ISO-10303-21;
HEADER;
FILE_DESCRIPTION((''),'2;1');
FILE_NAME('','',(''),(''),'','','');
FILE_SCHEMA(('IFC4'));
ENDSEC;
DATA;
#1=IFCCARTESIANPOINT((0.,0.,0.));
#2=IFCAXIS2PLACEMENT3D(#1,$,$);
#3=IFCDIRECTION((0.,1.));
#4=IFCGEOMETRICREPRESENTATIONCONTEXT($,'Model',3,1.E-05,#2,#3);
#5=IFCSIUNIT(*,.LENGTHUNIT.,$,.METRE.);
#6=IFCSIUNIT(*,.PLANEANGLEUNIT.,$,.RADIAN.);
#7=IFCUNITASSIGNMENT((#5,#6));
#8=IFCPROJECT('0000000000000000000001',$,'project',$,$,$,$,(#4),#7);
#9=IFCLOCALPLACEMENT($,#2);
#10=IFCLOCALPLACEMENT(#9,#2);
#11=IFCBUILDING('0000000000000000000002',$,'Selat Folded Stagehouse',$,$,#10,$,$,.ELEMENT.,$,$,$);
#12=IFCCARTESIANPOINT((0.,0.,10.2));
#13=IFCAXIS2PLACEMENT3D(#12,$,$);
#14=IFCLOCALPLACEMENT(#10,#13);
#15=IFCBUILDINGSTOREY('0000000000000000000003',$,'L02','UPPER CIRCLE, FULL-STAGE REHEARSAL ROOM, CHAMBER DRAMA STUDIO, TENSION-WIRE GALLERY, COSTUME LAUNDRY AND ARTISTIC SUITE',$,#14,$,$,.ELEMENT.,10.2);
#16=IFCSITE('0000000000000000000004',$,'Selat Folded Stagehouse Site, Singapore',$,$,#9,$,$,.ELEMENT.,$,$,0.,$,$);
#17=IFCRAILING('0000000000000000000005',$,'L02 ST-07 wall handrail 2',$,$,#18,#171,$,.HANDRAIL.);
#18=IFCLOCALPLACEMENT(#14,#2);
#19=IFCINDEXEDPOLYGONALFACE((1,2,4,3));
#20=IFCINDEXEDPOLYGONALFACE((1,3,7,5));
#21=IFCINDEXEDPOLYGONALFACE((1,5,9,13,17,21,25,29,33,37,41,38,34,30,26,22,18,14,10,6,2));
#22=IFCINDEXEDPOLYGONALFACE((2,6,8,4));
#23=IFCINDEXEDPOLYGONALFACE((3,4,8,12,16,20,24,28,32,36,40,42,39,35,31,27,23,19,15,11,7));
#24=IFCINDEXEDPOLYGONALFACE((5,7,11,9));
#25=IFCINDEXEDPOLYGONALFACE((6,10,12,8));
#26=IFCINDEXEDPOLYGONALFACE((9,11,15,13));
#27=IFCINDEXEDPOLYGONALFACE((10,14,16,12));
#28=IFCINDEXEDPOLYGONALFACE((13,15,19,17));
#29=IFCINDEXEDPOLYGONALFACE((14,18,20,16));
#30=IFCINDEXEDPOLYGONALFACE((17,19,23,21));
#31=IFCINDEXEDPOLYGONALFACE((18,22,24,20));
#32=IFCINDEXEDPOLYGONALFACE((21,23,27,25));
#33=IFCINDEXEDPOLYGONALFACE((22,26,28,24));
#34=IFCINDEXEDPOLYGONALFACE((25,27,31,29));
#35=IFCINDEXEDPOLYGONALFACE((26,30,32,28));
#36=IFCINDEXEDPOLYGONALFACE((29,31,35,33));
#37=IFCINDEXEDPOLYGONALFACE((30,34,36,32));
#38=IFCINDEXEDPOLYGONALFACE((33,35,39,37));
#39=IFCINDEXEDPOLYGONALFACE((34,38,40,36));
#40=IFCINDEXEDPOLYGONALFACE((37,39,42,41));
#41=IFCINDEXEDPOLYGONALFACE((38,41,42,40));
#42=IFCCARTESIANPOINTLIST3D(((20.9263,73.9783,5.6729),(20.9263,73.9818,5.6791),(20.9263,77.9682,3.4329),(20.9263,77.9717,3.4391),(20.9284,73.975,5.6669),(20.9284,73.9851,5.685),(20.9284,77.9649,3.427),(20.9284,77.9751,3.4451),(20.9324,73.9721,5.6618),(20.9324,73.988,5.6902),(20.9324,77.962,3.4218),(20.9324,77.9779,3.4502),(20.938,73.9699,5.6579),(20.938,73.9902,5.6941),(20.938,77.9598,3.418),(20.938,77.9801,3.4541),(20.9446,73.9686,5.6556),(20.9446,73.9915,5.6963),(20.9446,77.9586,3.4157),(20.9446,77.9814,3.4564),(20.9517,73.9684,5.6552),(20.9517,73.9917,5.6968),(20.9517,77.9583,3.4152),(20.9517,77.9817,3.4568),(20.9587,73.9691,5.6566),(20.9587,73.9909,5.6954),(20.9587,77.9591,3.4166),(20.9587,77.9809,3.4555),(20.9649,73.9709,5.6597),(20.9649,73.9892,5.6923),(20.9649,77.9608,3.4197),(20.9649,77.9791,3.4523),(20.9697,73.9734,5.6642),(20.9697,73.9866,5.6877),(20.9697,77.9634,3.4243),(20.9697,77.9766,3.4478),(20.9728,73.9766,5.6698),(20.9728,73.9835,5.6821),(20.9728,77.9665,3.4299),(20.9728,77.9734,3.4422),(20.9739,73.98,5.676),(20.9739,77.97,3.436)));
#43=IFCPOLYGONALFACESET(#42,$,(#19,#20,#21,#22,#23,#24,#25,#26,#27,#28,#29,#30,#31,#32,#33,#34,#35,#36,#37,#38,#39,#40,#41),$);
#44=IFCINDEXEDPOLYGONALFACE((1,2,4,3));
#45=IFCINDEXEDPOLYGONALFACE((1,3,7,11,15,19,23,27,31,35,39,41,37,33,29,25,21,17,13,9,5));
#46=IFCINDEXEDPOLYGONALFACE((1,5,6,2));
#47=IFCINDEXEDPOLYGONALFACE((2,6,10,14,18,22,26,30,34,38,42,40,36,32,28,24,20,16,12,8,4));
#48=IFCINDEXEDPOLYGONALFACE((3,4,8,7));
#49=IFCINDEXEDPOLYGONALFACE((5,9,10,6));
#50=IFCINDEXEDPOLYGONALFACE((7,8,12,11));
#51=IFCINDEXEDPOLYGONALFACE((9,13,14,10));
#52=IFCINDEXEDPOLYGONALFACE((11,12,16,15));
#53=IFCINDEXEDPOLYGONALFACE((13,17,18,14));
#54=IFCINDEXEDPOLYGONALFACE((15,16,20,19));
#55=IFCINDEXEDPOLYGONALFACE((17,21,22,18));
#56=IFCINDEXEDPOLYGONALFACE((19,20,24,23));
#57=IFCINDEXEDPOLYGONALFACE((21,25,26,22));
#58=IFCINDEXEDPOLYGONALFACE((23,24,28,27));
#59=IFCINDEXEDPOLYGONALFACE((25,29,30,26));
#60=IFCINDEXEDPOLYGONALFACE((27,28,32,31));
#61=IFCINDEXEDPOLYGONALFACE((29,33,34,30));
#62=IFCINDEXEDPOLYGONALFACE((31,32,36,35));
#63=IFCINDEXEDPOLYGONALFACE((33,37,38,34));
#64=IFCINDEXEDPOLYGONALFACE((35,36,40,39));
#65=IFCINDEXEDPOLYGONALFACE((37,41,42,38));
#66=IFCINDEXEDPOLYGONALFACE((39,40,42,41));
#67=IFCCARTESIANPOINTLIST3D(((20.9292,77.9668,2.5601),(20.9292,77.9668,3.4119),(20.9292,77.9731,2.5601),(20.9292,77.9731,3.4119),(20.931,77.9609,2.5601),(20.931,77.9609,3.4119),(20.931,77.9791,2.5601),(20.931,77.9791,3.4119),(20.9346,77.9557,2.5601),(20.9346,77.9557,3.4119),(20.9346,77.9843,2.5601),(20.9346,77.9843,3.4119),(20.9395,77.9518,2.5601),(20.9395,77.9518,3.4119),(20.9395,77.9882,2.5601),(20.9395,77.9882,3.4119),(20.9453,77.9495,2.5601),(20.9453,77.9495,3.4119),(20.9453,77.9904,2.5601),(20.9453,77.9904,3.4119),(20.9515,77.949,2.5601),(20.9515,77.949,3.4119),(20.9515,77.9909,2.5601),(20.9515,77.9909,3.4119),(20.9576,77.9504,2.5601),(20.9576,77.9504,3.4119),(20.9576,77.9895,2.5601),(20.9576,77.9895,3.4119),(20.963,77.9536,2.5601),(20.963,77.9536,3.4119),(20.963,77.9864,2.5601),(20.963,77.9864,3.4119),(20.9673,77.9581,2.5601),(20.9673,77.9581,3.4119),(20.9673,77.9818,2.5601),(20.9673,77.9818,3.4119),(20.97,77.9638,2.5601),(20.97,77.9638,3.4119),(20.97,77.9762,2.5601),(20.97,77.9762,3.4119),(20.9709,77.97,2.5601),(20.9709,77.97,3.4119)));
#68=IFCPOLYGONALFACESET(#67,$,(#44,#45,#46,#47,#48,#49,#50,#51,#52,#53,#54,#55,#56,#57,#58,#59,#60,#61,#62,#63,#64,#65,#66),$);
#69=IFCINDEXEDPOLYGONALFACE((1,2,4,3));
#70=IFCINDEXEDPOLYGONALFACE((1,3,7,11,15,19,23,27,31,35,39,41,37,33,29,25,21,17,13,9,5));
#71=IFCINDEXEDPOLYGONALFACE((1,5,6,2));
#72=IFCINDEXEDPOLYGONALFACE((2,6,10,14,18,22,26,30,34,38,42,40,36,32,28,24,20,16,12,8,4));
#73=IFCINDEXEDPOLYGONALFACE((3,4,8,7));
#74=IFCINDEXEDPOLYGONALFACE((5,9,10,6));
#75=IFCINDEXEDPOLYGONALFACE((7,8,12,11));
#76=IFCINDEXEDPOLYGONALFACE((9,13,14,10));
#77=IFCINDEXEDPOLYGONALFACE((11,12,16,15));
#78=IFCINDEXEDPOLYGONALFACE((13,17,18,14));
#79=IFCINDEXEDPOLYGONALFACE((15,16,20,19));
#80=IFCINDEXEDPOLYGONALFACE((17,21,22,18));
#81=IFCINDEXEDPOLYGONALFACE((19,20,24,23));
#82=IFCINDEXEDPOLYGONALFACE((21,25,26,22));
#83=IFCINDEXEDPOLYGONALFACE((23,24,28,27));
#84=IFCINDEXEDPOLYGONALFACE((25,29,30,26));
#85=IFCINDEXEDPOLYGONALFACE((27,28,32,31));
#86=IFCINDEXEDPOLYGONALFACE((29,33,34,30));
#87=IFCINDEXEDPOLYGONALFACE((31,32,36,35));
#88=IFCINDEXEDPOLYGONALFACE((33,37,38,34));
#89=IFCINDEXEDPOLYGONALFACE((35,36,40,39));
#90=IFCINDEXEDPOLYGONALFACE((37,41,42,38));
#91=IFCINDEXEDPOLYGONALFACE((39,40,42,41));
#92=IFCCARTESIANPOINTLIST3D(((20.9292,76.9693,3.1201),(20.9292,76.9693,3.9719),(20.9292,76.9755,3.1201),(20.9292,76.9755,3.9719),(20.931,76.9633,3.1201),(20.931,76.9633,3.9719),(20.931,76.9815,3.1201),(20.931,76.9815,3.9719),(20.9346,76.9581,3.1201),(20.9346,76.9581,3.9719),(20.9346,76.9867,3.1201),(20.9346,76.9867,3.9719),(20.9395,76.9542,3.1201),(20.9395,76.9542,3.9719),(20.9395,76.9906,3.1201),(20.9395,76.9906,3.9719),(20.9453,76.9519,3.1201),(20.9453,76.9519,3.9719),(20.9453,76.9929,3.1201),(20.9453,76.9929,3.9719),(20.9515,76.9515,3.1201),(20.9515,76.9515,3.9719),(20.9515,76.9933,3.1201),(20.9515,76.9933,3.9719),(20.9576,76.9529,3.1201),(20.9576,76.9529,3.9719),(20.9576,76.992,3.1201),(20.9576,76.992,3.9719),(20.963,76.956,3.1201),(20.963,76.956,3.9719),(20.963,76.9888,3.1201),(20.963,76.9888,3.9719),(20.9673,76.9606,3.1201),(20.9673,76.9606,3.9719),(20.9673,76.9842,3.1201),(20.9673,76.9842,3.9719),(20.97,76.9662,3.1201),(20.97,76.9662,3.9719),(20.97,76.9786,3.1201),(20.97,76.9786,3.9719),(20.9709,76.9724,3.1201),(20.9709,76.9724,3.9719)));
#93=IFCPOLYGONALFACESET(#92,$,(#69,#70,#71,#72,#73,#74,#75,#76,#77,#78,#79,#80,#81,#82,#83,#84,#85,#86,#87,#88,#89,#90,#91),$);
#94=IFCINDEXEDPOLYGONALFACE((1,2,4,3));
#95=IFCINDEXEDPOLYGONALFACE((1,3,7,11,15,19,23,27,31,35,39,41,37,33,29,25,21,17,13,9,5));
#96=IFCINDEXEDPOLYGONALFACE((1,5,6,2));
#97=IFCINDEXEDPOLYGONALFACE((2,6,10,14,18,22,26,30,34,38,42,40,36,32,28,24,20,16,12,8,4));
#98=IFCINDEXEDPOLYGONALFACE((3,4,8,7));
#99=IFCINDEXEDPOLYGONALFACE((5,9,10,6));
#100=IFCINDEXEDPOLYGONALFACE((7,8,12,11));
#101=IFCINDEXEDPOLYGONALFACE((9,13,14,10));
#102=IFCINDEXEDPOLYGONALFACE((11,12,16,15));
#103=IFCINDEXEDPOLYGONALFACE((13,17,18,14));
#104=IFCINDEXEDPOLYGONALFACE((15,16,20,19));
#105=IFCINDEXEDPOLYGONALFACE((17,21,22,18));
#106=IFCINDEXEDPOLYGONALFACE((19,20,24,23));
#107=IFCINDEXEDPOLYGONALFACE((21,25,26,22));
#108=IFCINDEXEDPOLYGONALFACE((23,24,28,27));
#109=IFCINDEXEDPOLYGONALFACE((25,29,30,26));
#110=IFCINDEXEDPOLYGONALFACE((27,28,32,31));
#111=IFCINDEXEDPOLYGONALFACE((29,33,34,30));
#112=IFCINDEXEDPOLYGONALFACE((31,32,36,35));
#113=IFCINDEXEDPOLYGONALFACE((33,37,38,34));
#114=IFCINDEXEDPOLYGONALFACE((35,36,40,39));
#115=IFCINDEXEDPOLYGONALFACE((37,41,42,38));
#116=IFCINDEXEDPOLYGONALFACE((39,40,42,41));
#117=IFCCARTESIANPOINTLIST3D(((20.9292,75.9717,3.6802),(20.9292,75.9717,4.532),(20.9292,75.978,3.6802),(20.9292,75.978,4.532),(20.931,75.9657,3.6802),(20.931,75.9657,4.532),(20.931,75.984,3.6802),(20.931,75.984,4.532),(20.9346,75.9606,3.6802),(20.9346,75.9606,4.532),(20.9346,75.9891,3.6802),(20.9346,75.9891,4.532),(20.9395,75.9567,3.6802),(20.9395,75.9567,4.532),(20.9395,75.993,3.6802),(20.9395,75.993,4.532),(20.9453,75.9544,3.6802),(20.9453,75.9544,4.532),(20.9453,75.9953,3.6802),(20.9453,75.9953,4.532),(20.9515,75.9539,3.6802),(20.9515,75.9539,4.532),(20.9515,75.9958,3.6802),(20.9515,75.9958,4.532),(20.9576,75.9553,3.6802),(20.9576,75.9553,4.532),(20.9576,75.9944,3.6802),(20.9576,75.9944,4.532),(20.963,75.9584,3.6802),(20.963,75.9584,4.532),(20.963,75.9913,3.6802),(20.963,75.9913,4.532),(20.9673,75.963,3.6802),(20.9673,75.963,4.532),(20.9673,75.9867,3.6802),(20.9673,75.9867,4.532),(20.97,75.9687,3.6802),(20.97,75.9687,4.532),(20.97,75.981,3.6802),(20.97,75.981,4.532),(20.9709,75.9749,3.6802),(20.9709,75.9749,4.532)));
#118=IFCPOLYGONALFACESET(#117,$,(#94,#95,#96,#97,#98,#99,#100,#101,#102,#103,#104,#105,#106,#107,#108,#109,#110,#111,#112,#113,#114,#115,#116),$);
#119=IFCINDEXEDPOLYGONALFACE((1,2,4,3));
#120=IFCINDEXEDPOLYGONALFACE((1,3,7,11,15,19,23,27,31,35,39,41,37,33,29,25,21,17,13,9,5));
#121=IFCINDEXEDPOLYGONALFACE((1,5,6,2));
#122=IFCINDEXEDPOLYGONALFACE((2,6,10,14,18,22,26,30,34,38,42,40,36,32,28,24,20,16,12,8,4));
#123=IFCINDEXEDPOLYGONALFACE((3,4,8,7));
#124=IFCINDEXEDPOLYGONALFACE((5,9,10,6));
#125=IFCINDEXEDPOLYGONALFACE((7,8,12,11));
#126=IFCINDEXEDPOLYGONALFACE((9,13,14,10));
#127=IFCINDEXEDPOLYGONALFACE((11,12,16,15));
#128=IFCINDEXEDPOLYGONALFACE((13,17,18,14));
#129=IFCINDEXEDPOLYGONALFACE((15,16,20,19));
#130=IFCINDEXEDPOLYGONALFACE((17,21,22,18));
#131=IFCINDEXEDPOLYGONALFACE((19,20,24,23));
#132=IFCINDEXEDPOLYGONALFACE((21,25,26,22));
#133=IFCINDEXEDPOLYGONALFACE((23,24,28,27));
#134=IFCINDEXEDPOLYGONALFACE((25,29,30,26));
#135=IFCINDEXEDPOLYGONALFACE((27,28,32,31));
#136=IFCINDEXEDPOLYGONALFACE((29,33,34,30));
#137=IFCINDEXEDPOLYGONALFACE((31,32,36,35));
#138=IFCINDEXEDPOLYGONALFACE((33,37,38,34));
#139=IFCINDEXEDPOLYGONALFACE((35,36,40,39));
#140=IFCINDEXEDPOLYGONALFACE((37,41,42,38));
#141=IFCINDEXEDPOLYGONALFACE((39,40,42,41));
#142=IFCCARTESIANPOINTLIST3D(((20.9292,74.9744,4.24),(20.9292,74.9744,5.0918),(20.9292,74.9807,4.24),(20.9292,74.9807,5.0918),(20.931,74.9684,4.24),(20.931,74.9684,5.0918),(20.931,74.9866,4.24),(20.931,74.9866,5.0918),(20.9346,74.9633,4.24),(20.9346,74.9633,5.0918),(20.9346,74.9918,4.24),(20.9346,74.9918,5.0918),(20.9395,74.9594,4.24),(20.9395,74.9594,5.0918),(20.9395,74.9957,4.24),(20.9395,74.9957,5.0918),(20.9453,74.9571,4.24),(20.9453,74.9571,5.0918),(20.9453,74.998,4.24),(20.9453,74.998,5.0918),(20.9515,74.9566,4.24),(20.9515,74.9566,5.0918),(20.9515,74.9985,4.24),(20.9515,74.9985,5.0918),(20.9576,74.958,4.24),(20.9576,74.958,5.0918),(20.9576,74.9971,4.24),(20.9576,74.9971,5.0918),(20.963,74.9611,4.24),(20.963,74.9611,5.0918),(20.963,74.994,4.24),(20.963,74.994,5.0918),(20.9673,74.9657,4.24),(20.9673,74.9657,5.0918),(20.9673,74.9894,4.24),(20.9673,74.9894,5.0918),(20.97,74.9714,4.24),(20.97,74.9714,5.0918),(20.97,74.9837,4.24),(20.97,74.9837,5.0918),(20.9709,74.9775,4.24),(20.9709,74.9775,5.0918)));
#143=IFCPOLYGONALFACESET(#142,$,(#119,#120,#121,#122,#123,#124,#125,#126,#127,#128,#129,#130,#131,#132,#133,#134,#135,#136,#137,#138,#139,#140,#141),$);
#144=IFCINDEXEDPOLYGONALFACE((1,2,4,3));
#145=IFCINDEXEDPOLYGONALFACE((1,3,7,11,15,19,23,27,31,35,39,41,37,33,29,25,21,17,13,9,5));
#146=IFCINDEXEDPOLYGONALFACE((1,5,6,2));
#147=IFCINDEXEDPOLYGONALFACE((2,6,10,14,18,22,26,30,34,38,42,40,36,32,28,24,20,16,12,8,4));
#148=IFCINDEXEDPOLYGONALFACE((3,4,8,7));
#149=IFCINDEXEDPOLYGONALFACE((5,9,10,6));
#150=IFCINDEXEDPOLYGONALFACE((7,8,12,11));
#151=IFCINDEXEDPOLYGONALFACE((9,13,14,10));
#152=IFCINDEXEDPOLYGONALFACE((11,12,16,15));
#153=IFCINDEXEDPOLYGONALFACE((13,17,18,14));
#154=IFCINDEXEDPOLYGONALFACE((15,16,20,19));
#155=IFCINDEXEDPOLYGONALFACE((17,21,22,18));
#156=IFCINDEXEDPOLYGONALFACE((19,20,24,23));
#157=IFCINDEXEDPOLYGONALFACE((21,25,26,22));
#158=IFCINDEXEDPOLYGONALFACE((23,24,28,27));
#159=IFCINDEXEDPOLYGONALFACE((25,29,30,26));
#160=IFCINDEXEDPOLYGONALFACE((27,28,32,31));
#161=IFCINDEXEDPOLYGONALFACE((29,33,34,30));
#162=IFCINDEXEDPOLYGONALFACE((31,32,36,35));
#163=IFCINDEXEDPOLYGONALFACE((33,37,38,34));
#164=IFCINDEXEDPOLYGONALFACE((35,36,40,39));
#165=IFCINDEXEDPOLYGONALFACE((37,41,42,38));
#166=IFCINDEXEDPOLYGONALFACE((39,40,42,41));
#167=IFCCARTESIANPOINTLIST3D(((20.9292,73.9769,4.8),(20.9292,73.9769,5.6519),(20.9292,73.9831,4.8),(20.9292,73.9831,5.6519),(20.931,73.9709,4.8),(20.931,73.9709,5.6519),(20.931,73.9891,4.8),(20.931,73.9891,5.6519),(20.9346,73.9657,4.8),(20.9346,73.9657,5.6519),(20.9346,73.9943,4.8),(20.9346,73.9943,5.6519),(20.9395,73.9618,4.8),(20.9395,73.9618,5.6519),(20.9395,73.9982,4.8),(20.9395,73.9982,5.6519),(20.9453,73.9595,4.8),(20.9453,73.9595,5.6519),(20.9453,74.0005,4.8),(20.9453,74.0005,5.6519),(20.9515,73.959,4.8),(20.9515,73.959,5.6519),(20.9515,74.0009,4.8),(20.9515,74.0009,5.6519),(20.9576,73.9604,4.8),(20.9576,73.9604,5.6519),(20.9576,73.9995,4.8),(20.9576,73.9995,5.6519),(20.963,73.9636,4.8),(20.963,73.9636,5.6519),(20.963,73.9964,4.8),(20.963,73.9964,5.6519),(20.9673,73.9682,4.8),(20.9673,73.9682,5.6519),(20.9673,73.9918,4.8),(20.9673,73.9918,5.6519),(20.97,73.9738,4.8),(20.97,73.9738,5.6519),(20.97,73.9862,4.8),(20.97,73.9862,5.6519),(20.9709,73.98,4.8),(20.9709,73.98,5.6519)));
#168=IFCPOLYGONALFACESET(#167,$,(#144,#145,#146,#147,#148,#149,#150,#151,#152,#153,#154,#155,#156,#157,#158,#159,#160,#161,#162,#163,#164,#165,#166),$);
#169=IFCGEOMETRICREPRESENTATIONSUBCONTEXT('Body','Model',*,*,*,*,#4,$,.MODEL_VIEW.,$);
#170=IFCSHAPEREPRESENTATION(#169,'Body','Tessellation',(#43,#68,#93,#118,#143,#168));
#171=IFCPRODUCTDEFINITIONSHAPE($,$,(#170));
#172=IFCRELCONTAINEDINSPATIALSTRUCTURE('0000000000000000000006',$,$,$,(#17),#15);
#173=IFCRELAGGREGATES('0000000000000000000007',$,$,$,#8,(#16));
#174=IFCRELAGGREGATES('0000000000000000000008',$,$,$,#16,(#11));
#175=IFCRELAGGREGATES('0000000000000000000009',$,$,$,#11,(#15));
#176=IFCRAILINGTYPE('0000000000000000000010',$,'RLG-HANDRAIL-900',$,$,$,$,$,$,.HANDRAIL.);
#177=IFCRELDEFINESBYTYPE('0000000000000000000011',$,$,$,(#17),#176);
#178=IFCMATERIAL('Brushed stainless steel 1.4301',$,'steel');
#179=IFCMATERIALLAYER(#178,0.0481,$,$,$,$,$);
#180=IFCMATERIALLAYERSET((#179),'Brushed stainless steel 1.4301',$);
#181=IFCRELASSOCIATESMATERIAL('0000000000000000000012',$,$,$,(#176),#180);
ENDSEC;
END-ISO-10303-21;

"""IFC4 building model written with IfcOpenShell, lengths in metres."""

from ifc_helpers import new_model, si_unit, direction, frame, origin, origin_2d, place, context, subcontext, project, spatial, circle, extrude, material, layer, layer_set, type_object, element, save


model = new_model("IFC4")

# Units and contexts
model_context = context("Model", 3, precision=1e-05, world=origin(), true_north=direction((0.0, 1.0)))
body_context = subcontext(model_context, "Body", "Model", "MODEL_VIEW")
ifc_project = project(units=[si_unit("LENGTHUNIT", "METRE"), si_unit("PLANEANGLEUNIT", "RADIAN")], contexts=[model_context])

# Site, building, storey
site_placement = place(None, origin())
site = spatial("IfcSite", under=ifc_project, at=site_placement, Name="Selat Folded Stagehouse Site, Singapore", CompositionType="ELEMENT", RefElevation=0.0)
building_placement = place(site_placement, origin())
building = spatial("IfcBuilding", under=site, at=building_placement, Name="Selat Folded Stagehouse", CompositionType="ELEMENT")
storey_placement = place(building_placement, frame((0.0, 0.0, 10.2)))
storey = spatial("IfcBuildingStorey", under=building, at=storey_placement, Name="L02", Description="UPPER CIRCLE, FULL-STAGE REHEARSAL ROOM, CHAMBER DRAMA STUDIO, TENSION-WIRE GALLERY, COSTUME LAUNDRY AND ARTISTIC SUITE", CompositionType="ELEMENT", Elevation=10.2)

# Railing
ifc_material_1 = material(Name="Brushed stainless steel 1.4301", Category="steel")
ifc_layer_1 = layer(ifc_material_1, 0.0481)
ifc_layer_set_1 = layer_set([ifc_layer_1], Name="Brushed stainless steel 1.4301")
railing_type_1 = type_object("IfcRailingType", Name="RLG-HANDRAIL-900", PredefinedType="HANDRAIL", material=ifc_layer_set_1)
railing_1_placement = place(storey_placement, frame((20.95, 77.97, 2.5601)))
element("IfcRailing", 1, at=railing_1_placement, inside=storey, type_object=railing_type_1, Name="L02 ST-07 wall handrail 2", PredefinedType="HANDRAIL", context=body_context, shape_type="SweptSolid", body=[
    extrude(circle(Radius=0.0239, at=origin_2d()), frame((0.0, 0.0, 0.876), z_axis=(0.0, -0.871984, 0.489534), x_axis=(1.0, 0.0, 0.0)), (0.0, 0.0, 1.0), 4.5757),
    extrude(circle(Radius=0.021, at=origin_2d()), origin(), (0.0, 0.0, 1.0), 0.8518),
    extrude(circle(Radius=0.021, at=origin_2d()), frame((0.0, -0.9976, 0.5601)), (0.0, 0.0, 1.0), 0.8518),
    extrude(circle(Radius=0.021, at=origin_2d()), frame((0.0, -1.9951, 1.1201)), (0.0, 0.0, 1.0), 0.8518),
    extrude(circle(Radius=0.021, at=origin_2d()), frame((0.0, -2.9924, 1.6799)), (0.0, 0.0, 1.0), 0.8518),
    extrude(circle(Radius=0.021, at=origin_2d()), frame((0.0, -3.99, 2.24)), (0.0, 0.0, 1.0), 0.8518),
])

save(model, "model.ifc")
